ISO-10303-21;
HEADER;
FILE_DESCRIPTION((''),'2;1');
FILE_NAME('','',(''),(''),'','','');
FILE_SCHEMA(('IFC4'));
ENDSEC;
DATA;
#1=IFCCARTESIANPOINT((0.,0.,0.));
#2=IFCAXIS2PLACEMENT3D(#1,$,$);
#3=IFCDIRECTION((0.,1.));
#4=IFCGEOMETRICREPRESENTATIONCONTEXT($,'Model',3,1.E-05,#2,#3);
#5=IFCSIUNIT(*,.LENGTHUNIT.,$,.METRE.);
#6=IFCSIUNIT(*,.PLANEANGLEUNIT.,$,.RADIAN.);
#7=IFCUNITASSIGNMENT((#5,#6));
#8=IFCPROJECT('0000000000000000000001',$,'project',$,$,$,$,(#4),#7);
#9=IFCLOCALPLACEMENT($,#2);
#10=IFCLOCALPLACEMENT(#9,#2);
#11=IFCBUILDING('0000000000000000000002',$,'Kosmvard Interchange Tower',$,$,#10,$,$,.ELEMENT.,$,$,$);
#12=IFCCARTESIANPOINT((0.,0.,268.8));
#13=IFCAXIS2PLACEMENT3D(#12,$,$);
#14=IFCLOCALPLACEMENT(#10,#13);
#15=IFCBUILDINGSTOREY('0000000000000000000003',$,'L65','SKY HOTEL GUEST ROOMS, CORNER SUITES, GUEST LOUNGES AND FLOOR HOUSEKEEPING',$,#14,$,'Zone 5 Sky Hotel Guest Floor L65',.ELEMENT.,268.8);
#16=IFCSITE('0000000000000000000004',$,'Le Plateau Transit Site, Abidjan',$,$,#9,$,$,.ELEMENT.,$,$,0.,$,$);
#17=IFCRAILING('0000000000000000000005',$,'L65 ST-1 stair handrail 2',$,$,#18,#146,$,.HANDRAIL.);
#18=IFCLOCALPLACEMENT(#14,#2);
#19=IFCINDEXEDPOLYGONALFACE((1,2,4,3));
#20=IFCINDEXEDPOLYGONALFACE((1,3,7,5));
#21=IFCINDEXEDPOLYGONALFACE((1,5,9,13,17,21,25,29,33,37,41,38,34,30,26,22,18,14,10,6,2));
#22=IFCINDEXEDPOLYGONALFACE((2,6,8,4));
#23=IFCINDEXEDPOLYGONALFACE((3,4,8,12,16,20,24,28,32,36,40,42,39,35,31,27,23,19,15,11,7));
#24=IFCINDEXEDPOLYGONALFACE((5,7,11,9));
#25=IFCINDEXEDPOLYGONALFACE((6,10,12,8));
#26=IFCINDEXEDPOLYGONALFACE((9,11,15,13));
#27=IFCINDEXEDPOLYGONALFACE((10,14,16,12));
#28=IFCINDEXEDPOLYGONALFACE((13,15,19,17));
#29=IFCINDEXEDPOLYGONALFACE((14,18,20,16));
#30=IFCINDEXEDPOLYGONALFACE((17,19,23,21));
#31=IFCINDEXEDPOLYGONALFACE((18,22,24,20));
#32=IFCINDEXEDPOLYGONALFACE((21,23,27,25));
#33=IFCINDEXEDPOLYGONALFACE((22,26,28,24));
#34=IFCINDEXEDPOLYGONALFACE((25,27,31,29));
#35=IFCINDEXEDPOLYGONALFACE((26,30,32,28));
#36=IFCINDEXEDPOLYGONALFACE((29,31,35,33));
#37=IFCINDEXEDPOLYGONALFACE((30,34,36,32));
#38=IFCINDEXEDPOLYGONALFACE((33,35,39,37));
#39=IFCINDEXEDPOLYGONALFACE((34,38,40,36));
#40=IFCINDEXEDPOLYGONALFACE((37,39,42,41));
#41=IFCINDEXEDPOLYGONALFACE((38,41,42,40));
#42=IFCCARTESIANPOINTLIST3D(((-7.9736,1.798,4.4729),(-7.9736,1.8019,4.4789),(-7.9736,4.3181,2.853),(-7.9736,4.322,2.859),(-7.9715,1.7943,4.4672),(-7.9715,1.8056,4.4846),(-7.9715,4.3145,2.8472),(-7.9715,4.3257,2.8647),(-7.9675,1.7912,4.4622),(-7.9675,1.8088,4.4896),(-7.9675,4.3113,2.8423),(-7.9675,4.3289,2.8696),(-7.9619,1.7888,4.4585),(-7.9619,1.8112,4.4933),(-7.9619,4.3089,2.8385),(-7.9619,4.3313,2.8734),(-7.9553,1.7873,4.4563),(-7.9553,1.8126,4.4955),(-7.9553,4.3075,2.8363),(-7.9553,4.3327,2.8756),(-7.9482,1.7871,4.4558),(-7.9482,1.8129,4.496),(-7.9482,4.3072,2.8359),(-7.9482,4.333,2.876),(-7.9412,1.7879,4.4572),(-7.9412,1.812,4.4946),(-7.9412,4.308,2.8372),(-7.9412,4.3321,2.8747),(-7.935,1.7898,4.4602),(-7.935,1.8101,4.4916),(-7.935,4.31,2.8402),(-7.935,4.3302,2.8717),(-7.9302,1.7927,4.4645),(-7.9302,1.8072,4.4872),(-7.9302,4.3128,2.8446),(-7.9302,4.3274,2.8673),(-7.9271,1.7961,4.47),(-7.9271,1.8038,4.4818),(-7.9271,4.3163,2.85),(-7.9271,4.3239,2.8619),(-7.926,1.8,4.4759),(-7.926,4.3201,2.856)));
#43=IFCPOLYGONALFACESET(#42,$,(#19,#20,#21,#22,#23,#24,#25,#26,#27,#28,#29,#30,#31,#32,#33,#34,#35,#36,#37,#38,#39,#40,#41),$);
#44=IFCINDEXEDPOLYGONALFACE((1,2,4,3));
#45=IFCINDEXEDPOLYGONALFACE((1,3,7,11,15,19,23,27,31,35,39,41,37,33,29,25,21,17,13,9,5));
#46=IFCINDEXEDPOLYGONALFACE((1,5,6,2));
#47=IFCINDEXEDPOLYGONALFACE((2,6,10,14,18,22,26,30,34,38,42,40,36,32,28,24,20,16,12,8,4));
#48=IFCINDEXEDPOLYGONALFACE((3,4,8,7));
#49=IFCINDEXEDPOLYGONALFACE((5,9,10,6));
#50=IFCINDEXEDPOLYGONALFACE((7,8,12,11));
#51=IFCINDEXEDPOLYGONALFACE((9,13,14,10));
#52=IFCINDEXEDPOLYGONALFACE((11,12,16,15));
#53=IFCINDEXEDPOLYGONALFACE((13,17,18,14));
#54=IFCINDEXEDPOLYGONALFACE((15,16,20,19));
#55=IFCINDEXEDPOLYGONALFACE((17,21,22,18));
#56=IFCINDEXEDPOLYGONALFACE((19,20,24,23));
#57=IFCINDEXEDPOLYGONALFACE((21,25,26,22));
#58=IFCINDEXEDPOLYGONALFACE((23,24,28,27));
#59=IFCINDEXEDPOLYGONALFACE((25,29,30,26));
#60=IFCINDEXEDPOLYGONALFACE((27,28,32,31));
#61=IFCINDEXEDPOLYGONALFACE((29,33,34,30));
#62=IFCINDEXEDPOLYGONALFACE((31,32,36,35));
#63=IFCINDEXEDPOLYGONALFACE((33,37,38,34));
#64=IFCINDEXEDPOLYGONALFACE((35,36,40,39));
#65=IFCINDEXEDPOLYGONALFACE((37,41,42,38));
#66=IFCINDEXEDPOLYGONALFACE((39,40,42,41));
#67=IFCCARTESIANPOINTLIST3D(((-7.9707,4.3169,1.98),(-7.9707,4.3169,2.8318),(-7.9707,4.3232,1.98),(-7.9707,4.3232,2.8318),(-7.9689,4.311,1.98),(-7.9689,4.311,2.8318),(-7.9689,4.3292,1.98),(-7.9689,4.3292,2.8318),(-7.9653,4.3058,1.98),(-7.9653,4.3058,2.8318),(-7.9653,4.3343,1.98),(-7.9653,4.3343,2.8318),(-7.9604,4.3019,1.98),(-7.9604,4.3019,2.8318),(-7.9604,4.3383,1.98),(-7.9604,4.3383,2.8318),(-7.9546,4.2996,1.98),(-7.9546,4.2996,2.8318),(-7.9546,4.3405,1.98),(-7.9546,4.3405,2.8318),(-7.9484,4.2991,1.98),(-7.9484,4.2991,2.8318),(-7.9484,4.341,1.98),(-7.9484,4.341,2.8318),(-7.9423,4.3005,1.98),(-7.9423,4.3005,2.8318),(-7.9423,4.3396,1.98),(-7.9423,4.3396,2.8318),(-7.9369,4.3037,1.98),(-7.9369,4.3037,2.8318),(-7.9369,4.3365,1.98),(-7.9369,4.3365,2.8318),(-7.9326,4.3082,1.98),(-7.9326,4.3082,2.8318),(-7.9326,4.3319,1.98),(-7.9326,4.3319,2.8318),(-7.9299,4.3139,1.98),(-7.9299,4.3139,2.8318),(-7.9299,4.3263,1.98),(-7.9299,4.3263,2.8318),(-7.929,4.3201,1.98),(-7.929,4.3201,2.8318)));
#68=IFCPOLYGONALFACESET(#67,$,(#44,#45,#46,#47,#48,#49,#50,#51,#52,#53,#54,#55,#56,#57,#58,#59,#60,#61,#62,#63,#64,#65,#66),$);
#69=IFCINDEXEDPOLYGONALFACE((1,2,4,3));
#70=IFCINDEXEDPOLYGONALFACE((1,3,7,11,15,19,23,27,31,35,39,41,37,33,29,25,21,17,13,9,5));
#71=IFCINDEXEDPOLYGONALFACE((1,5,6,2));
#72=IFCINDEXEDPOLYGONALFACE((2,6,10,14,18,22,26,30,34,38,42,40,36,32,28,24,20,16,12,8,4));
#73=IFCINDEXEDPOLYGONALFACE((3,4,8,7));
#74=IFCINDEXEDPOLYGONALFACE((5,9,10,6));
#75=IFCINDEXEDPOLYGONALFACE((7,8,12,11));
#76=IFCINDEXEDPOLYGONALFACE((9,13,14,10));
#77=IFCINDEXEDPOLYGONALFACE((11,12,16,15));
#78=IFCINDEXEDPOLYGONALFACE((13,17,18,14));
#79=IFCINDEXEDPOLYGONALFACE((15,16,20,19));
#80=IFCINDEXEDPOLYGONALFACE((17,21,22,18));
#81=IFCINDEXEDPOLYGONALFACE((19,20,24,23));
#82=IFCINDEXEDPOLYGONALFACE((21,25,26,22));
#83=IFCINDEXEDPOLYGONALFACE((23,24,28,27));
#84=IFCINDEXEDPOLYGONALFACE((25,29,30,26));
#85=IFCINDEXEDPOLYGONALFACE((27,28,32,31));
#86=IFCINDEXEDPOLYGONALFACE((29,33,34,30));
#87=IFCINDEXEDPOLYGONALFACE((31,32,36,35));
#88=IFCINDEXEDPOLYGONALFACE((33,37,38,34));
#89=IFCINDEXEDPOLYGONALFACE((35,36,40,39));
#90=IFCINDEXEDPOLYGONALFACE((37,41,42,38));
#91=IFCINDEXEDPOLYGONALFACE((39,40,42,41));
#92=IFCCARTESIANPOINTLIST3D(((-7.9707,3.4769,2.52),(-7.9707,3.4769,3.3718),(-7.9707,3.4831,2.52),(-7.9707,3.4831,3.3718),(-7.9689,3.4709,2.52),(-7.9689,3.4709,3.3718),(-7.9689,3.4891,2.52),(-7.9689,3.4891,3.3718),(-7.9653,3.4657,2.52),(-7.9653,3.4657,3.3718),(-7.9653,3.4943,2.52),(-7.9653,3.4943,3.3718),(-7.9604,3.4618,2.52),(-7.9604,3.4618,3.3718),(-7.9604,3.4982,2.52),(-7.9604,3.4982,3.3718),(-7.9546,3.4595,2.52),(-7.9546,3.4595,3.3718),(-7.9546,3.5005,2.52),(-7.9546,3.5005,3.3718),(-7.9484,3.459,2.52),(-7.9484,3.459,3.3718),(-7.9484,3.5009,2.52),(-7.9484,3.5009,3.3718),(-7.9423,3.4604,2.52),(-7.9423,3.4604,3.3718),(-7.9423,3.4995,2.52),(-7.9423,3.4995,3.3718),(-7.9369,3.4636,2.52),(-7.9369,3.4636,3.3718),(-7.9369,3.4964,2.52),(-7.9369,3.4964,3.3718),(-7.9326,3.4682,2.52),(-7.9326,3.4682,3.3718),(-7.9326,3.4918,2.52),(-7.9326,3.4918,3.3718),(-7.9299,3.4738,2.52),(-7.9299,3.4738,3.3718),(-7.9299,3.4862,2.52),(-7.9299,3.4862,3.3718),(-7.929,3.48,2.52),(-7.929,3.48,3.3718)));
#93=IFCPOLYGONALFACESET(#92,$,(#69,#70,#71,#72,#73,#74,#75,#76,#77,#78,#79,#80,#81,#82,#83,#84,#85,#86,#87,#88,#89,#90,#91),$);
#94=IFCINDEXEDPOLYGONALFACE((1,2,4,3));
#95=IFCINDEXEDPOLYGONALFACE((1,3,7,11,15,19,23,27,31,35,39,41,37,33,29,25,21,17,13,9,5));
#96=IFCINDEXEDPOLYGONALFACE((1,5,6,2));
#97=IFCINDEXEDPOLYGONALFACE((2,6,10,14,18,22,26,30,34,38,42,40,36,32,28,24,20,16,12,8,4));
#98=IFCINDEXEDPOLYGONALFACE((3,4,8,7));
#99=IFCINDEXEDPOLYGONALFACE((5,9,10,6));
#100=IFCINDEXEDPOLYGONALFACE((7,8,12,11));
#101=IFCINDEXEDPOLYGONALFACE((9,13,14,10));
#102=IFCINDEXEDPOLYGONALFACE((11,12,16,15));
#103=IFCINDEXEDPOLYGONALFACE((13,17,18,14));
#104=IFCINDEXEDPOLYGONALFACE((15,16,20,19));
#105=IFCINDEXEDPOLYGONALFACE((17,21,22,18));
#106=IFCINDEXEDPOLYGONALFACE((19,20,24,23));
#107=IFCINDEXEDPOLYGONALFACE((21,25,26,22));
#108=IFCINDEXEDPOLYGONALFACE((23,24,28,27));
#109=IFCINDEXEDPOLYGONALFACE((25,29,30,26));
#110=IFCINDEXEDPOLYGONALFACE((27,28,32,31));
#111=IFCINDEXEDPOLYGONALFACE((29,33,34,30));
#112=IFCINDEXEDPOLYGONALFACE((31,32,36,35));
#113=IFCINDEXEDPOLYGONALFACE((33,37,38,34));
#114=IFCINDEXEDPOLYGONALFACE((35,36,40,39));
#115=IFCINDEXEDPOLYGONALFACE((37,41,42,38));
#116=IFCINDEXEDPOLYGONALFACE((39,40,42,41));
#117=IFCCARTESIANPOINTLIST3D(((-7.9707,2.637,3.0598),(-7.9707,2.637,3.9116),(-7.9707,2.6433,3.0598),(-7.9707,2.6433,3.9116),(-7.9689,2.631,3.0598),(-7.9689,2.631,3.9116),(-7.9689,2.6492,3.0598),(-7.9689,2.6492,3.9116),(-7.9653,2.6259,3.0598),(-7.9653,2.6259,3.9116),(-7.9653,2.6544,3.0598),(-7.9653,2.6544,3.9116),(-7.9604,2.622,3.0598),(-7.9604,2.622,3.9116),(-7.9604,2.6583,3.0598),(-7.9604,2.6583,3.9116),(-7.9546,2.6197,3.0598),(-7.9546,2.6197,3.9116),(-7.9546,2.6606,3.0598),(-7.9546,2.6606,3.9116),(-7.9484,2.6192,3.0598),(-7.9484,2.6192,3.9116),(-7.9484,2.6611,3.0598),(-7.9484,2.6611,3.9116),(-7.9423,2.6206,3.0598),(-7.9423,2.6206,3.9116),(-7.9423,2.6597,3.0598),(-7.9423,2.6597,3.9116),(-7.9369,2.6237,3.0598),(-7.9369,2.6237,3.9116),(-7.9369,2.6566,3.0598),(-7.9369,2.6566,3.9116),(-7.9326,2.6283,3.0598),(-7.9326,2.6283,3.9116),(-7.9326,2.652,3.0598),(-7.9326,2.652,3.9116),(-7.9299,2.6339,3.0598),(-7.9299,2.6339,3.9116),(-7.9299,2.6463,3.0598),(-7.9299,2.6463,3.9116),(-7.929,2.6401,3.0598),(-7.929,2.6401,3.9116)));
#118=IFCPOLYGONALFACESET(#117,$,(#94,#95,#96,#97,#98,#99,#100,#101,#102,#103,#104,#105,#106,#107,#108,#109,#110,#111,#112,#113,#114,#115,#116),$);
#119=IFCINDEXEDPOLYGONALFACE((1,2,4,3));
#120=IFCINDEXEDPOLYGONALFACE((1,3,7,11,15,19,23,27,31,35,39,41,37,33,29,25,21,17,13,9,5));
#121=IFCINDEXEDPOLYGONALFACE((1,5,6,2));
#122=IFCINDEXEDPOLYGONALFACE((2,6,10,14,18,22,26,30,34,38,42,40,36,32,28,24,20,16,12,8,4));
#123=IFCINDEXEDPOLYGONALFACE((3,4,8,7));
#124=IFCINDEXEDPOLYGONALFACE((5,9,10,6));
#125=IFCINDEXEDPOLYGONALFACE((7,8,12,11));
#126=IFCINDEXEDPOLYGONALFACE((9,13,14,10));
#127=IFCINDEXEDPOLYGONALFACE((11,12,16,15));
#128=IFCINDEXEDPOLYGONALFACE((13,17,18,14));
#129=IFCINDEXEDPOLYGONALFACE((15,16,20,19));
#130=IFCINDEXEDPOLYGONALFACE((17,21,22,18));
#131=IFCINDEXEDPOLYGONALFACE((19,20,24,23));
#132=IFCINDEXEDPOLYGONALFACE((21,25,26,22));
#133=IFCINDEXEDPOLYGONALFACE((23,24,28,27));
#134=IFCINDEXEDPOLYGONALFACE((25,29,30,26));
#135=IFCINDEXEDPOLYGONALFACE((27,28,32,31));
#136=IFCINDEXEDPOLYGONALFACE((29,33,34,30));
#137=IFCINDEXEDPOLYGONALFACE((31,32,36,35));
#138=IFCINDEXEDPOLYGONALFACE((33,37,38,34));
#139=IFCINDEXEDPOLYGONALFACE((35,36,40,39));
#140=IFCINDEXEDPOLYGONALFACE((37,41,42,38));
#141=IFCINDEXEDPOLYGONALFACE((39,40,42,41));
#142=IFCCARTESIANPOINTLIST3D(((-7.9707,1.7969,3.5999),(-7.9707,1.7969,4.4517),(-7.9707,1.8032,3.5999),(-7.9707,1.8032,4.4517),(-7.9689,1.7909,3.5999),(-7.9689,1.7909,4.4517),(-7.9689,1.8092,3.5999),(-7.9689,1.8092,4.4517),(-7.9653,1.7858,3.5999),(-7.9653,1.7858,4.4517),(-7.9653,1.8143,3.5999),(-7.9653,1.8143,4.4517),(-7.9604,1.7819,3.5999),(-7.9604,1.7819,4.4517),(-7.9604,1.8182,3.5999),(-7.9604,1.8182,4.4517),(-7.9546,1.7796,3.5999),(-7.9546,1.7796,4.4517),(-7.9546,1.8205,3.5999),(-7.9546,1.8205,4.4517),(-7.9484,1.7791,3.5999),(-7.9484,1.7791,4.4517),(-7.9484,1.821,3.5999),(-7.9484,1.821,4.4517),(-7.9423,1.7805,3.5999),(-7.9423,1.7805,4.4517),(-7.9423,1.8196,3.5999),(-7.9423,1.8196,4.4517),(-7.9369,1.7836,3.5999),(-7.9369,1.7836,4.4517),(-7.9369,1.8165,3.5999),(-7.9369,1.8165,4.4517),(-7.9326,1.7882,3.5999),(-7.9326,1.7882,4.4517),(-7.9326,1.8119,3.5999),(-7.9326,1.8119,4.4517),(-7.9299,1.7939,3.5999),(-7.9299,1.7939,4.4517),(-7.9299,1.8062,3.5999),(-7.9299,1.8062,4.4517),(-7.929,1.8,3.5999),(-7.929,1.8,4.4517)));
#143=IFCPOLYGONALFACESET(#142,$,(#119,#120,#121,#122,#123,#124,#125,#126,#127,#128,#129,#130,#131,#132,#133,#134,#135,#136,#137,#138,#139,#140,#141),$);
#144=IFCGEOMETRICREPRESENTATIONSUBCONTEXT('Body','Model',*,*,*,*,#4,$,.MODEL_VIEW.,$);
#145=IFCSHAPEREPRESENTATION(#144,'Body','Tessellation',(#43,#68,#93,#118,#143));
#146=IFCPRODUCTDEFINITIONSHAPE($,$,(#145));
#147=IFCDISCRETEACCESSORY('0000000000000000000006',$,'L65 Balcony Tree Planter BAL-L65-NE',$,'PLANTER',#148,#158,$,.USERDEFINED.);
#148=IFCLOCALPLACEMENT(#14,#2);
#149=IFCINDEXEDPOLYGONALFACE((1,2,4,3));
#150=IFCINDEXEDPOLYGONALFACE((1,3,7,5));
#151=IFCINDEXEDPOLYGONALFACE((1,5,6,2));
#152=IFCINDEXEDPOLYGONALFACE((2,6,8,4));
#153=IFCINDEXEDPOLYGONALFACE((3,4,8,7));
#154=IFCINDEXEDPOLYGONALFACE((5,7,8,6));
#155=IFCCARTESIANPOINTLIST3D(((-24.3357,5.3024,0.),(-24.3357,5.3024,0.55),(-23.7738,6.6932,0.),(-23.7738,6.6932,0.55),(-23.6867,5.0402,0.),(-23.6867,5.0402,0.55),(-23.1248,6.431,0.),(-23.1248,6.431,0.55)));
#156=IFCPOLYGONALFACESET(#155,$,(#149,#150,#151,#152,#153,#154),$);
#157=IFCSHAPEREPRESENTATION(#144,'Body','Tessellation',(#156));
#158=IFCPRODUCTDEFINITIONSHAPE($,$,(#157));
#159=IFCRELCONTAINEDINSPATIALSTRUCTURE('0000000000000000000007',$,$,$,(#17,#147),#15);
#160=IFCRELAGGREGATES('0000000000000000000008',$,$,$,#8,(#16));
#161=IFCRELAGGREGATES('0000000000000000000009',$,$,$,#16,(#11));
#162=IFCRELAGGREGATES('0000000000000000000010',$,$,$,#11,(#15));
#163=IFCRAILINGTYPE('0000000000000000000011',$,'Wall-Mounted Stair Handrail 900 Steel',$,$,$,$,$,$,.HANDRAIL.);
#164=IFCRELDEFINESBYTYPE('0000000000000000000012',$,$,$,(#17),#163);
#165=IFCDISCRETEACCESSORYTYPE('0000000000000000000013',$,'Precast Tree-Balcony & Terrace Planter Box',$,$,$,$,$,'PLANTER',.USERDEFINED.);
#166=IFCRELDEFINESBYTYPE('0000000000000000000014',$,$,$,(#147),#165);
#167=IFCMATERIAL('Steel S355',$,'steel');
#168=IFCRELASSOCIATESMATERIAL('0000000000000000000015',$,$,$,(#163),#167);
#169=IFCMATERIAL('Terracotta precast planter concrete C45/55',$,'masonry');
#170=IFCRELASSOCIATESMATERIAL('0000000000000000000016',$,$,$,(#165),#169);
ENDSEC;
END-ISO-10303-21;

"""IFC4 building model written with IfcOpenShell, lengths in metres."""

from ifc_helpers import new_model, si_unit, direction, frame, origin, origin_2d, place, context, subcontext, project, spatial, rectangle, circle, extrude, source, transform, mapped, material, type_object, element, save


model = new_model("IFC4")

# Units and contexts
model_context = context("Model", 3, precision=1e-05, world=origin(), true_north=direction((0.0, 1.0)))
body_context = subcontext(model_context, "Body", "Model", "MODEL_VIEW")
ifc_project = project(units=[si_unit("LENGTHUNIT", "METRE"), si_unit("PLANEANGLEUNIT", "RADIAN")], contexts=[model_context])

# Site, building, storey
site_placement = place(None, origin())
site = spatial("IfcSite", under=ifc_project, at=site_placement, Name="Le Plateau Transit Site, Abidjan", CompositionType="ELEMENT", RefElevation=0.0)
building_placement = place(site_placement, origin())
building = spatial("IfcBuilding", under=site, at=building_placement, Name="Kosmvard Interchange Tower", CompositionType="ELEMENT")
storey_placement = place(building_placement, frame((0.0, 0.0, 268.8)))
storey = spatial("IfcBuildingStorey", under=building, at=storey_placement, Name="L65", Description="SKY HOTEL GUEST ROOMS, CORNER SUITES, GUEST LOUNGES AND FLOOR HOUSEKEEPING", LongName="Zone 5 Sky Hotel Guest Floor L65", CompositionType="ELEMENT", Elevation=268.8)

# Shared definitions
ifc_material_1 = material(Name="Steel S355", Category="steel")

# Railing
railing_type_1 = type_object("IfcRailingType", Name="Wall-Mounted Stair Handrail 900 Steel", PredefinedType="HANDRAIL", material=ifc_material_1)
shared_shape_1 = source(origin(), body_context, "Body", "SweptSolid", [
    extrude(circle(Radius=0.0239, at=origin_2d()), frame((0.0, 0.0, 0.876), z_axis=(0.0, -0.8412, 0.540725), x_axis=(1.0, 0.0, 0.0)), (0.0, 0.0, 1.0), 2.9958),
    extrude(circle(Radius=0.021, at=origin_2d()), origin(), (0.0, 0.0, 1.0), 0.8518),
    extrude(circle(Radius=0.021, at=origin_2d()), frame((0.0, -0.8401, 0.54)), (0.0, 0.0, 1.0), 0.8518),
    extrude(circle(Radius=0.021, at=origin_2d()), frame((0.0, -1.6799, 1.0798)), (0.0, 0.0, 1.0), 0.8518),
    extrude(circle(Radius=0.021, at=origin_2d()), frame((0.0, -2.52, 1.6199)), (0.0, 0.0, 1.0), 0.8518),
])
railing_1_placement = place(storey_placement, frame((-7.95, 4.3201, 1.98)))
element("IfcRailing", 1, at=railing_1_placement, inside=storey, type_object=railing_type_1, Name="L65 ST-1 stair handrail 2", PredefinedType="HANDRAIL", context=body_context, shape_type="MappedRepresentation", body=[
    mapped(shared_shape_1, transform((0.0, 0.0, 0.0), scale=1.0)),
])

# Discrete accessory
ifc_material_2 = material(Name="Terracotta precast planter concrete C45/55", Category="masonry")
discrete_accessory_type = type_object("IfcDiscreteAccessoryType", Name="Precast Tree-Balcony & Terrace Planter Box", ElementType="PLANTER", PredefinedType="USERDEFINED", material=ifc_material_2)
shared_shape_2 = source(origin(), body_context, "Body", "SweptSolid", [
    extrude(rectangle(XDim=1.5, YDim=0.7, at=origin_2d()), origin(), (0.0, 0.0, 1.0), 0.55),
])
discrete_accessory_placement = place(storey_placement, frame((-23.7302, 5.8667, 0.0), z_axis=(0.0, 0.0, 1.0), x_axis=(0.374607, 0.927184, 0.0)))
element("IfcDiscreteAccessory", 2, at=discrete_accessory_placement, inside=storey, type_object=discrete_accessory_type, Name="L65 Balcony Tree Planter BAL-L65-NE", ObjectType="PLANTER", PredefinedType="USERDEFINED", context=body_context, shape_type="MappedRepresentation", body=[
    mapped(shared_shape_2, transform((0.0, 0.0, 0.0), scale=1.0)),
])

save(model, "model.ifc")
